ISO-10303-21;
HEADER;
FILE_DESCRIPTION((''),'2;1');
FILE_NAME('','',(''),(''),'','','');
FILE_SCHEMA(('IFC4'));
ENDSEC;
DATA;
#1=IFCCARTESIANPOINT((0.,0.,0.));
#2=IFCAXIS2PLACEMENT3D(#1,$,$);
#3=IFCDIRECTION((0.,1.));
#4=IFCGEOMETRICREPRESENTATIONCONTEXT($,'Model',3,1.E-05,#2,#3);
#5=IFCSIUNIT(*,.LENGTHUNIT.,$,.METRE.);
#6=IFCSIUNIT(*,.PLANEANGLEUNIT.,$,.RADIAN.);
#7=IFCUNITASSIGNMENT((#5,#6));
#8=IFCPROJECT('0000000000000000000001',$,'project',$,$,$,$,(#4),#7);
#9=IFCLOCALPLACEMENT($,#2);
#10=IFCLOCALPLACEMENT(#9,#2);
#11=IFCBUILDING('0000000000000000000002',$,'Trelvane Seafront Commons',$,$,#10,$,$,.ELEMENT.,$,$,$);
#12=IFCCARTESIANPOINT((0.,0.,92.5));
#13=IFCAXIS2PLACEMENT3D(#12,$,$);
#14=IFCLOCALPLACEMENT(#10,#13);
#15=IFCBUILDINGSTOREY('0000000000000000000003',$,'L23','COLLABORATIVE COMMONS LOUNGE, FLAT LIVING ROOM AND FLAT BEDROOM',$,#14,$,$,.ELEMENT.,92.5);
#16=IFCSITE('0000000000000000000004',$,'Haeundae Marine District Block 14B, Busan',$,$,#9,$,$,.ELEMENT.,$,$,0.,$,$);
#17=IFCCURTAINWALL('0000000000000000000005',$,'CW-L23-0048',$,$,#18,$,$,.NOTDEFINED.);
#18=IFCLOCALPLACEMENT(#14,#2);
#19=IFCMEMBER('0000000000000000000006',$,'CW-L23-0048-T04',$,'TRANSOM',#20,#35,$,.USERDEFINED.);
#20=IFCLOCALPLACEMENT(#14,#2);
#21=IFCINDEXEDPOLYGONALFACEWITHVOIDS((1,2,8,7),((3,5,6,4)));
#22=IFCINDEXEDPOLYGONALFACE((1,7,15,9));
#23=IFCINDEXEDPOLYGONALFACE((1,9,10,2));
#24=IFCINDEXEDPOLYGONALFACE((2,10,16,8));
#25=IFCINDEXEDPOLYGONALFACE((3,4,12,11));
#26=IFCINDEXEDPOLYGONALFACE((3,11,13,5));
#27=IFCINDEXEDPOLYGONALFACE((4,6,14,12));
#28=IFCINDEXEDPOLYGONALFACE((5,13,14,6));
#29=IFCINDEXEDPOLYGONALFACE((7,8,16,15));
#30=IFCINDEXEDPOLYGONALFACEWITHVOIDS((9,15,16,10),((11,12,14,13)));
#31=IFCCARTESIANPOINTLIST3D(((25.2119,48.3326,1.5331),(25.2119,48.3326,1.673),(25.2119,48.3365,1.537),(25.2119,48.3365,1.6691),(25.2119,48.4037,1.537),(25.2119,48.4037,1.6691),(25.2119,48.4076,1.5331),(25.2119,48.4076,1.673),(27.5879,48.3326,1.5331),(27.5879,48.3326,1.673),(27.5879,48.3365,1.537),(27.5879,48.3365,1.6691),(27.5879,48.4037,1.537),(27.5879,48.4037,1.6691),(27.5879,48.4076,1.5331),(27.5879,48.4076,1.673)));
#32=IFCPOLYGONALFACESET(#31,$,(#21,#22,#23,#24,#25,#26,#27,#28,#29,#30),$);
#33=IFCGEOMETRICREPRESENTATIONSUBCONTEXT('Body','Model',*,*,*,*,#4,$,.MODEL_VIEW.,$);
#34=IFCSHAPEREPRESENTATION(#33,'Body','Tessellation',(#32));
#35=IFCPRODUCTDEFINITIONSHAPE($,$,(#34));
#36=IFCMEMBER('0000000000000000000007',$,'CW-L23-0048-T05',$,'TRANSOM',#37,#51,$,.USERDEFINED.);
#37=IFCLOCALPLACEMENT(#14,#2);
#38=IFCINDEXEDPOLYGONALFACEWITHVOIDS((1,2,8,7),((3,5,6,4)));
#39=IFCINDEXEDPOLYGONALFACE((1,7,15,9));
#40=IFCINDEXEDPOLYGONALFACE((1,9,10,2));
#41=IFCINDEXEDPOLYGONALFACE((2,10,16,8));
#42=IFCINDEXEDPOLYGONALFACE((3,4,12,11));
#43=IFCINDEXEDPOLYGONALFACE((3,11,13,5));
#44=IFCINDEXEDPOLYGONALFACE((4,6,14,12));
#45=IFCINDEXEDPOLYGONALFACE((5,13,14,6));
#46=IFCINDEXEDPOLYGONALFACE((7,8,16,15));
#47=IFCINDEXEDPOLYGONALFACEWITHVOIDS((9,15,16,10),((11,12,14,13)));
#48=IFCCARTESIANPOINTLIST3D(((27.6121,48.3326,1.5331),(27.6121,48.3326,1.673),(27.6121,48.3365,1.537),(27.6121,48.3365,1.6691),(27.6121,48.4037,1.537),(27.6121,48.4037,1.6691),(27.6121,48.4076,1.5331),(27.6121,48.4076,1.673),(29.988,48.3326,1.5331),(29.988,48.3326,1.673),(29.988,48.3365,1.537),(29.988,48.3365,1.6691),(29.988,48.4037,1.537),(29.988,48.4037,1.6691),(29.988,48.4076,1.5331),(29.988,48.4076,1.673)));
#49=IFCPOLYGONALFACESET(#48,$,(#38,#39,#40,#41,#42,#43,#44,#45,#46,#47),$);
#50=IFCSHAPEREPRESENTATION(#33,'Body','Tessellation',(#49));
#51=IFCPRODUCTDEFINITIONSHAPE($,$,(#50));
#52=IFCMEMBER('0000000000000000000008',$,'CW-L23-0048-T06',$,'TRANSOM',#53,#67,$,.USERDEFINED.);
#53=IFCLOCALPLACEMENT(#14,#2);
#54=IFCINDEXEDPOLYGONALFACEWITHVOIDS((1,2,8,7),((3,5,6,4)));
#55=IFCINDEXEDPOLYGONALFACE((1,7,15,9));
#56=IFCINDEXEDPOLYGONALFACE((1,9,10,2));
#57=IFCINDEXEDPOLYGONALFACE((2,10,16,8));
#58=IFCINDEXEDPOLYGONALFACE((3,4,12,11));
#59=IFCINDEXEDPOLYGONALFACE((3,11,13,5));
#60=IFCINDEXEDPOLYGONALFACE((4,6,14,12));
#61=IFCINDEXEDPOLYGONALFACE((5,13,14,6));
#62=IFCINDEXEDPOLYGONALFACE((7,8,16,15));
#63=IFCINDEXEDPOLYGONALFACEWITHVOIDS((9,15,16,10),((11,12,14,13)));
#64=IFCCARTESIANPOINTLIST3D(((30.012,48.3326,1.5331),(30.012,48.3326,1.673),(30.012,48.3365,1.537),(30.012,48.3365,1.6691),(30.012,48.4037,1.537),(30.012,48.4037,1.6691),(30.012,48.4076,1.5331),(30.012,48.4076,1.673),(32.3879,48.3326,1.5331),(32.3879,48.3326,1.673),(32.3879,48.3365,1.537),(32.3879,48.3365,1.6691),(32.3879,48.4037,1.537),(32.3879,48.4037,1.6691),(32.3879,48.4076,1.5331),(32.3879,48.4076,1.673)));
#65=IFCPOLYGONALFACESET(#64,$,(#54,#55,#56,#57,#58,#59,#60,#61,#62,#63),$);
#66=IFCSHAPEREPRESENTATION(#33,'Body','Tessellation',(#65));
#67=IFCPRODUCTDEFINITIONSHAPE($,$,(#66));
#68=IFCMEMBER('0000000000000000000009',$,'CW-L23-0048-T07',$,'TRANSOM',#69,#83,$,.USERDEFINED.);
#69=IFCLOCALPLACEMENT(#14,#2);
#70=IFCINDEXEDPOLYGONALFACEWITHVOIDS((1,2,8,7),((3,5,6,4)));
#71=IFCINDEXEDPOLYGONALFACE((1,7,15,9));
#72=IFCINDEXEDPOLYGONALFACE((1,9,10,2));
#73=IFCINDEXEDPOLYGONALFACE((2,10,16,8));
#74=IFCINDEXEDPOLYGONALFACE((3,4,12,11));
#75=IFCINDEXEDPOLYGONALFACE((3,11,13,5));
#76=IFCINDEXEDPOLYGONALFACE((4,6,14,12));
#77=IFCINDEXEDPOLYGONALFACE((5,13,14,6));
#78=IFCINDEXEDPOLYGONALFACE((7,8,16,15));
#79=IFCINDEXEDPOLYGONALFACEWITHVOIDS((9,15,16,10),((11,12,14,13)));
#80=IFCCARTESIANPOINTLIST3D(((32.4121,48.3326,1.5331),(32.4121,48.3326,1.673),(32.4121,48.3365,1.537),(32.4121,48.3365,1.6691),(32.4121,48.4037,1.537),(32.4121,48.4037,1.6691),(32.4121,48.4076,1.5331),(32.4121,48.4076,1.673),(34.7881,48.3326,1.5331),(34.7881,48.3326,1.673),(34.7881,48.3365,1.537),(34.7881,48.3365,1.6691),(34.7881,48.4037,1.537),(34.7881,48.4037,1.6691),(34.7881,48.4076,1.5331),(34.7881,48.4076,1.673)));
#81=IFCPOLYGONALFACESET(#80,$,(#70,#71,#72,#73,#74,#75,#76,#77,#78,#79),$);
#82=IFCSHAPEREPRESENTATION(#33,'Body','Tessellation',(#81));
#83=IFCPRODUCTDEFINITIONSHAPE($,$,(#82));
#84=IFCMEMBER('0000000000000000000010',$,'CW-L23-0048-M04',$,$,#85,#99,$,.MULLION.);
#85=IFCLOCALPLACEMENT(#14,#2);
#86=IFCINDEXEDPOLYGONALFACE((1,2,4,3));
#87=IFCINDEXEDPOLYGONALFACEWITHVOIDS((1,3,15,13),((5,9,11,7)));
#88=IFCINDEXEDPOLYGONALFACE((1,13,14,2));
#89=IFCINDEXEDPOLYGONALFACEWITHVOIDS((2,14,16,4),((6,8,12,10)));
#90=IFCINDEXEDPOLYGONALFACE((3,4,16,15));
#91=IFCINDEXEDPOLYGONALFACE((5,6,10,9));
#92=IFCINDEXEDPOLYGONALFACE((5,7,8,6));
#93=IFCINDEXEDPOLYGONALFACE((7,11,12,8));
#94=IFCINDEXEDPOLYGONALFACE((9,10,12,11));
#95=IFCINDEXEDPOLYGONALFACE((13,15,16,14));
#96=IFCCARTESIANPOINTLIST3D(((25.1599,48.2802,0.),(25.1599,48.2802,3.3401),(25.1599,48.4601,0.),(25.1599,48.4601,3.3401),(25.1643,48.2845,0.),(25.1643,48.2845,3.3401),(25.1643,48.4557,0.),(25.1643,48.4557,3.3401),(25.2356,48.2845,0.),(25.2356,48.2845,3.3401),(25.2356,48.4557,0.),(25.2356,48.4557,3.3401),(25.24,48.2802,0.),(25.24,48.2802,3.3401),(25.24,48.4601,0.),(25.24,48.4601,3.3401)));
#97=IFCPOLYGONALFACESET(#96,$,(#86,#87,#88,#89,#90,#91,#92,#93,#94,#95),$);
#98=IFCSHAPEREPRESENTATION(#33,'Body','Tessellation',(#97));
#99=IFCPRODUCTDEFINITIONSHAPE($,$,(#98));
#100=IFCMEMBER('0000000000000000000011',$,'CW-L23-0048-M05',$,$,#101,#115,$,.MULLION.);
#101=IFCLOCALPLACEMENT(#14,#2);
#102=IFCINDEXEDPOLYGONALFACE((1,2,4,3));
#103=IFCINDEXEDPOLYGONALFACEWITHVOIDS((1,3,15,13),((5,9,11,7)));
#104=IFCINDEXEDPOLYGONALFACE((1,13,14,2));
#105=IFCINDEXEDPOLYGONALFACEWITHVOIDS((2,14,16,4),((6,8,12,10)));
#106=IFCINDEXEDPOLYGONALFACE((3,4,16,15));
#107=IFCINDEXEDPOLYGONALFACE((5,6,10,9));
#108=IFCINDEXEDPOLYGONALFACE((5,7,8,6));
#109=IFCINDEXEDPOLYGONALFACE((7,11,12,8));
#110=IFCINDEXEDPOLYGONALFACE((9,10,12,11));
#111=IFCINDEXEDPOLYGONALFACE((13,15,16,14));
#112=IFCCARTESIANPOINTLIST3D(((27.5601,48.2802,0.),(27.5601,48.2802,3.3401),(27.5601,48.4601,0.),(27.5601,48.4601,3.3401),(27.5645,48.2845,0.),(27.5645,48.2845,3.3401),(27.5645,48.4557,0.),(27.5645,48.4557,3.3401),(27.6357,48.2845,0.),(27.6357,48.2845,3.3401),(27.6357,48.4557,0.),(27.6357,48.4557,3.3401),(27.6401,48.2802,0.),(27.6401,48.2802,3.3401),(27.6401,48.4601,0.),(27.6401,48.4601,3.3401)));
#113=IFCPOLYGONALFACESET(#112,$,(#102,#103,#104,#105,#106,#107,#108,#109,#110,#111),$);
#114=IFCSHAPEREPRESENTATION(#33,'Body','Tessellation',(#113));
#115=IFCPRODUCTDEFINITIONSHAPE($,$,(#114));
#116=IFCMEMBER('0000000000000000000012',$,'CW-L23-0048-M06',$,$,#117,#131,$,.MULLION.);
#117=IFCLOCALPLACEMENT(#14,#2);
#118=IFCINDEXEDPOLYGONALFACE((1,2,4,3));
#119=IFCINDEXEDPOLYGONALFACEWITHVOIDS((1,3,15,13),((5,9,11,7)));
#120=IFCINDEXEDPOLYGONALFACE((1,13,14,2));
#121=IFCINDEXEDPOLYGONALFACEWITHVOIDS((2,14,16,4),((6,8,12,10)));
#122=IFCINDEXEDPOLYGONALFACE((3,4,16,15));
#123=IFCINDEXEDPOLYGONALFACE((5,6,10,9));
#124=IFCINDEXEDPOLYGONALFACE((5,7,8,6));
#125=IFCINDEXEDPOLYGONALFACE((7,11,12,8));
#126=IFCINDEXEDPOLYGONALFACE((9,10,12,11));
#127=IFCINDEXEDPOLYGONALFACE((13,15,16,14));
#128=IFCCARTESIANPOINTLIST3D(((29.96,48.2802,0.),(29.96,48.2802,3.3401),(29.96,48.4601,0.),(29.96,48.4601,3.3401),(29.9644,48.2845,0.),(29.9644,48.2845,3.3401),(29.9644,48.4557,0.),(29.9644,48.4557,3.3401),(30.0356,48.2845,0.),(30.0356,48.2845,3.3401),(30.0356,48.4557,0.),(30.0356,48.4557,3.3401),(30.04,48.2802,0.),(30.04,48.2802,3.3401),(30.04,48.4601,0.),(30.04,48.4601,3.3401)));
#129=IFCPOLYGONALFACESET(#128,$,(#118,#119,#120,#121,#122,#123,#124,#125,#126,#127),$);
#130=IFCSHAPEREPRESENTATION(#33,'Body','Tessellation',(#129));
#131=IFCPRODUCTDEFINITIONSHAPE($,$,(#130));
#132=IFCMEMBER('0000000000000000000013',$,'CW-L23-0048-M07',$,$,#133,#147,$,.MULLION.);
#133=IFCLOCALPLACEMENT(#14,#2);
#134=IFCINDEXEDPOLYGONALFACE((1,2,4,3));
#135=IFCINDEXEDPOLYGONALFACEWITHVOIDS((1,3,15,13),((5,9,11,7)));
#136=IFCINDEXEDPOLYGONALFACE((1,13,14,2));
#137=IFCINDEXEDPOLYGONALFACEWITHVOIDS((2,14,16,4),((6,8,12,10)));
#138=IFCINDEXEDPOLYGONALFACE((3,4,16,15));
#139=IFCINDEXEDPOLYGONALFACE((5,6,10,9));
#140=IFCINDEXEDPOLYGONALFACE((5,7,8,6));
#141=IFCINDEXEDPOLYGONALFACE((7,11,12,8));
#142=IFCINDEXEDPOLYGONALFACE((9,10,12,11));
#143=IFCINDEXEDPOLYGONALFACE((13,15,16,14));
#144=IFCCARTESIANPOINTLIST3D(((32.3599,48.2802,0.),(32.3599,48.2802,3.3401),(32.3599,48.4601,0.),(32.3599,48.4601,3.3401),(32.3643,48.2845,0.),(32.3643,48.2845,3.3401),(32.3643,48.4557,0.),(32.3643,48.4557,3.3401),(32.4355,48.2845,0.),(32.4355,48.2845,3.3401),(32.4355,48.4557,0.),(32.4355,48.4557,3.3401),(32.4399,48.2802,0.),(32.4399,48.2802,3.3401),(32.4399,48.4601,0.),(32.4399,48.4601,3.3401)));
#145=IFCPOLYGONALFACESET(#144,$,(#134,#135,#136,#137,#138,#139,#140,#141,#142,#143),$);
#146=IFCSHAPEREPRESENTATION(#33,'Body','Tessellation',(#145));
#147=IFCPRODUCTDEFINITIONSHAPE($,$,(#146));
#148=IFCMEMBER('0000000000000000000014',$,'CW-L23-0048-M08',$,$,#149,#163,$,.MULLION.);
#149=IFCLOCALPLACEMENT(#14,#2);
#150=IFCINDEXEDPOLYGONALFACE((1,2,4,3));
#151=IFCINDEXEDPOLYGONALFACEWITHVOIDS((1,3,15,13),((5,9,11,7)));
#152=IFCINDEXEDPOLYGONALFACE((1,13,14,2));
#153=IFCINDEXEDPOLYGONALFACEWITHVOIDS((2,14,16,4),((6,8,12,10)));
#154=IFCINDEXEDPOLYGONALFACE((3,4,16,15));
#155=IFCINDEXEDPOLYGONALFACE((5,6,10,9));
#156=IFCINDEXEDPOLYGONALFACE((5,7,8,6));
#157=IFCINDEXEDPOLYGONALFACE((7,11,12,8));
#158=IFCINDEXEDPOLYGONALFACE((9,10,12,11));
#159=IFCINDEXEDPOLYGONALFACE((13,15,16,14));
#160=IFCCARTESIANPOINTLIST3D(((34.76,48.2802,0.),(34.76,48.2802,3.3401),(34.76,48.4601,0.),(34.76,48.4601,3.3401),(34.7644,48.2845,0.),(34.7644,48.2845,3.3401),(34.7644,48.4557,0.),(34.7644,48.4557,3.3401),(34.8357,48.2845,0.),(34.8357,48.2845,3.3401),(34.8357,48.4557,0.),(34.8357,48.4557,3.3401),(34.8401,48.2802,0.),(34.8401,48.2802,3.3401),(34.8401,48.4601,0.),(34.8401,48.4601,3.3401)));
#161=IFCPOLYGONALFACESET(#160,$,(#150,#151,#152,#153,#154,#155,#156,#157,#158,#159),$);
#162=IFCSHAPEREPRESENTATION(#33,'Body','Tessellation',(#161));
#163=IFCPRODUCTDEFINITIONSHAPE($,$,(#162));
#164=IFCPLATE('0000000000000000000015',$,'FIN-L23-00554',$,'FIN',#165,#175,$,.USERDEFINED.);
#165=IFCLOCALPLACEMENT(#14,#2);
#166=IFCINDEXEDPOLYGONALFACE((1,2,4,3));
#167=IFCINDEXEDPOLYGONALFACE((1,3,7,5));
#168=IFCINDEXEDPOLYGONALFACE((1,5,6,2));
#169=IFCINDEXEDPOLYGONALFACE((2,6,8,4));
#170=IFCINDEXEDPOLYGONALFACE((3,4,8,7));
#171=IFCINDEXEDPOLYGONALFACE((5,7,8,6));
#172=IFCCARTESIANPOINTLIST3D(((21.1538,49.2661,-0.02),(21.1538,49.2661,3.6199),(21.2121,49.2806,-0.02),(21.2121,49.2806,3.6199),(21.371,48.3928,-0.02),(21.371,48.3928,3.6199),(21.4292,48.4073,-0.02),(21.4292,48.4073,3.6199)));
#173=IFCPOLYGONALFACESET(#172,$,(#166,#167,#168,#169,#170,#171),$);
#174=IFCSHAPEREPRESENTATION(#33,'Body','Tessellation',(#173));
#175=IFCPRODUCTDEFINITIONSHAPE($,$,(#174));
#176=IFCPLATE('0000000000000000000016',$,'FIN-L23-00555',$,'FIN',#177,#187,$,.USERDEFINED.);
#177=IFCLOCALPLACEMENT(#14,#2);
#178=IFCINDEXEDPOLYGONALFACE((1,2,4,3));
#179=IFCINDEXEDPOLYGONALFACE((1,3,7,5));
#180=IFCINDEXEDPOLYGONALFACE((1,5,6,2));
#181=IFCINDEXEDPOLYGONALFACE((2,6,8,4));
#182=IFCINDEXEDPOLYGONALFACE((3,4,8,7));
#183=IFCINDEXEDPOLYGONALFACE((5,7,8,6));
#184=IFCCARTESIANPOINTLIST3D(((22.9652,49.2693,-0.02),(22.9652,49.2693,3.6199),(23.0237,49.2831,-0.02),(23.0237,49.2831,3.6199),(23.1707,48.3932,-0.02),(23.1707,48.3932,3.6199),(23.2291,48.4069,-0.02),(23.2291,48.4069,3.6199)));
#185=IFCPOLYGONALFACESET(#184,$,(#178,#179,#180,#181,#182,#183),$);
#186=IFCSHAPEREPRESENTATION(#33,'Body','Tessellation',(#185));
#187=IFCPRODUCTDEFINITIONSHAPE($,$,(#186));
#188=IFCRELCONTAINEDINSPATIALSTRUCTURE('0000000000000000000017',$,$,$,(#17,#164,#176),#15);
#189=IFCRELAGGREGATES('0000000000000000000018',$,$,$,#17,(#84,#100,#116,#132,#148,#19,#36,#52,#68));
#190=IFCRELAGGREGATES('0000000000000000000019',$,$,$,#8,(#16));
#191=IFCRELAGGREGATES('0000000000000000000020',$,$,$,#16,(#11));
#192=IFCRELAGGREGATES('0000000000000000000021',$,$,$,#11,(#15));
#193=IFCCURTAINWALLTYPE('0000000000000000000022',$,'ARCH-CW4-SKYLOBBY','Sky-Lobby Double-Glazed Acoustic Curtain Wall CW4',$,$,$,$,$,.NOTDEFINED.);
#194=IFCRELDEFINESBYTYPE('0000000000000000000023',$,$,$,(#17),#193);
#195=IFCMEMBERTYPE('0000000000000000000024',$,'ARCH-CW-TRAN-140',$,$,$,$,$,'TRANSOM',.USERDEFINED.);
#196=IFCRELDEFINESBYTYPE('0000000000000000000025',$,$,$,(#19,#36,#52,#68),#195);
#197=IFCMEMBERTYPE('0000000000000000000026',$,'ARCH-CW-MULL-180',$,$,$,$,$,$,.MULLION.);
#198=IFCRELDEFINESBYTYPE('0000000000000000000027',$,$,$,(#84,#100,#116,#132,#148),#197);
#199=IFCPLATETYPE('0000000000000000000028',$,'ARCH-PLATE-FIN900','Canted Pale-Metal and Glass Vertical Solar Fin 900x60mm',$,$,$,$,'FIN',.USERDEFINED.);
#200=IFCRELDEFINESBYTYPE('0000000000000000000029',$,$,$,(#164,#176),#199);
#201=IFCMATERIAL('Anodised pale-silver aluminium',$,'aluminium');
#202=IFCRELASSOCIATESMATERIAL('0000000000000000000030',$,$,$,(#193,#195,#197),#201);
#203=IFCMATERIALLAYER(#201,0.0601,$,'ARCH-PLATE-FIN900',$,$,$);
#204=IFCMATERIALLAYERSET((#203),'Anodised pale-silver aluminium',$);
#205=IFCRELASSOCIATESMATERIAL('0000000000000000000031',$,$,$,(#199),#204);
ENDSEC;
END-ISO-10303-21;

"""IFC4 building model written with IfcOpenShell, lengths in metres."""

from ifc_helpers import new_model, si_unit, direction, frame, origin, origin_2d, place, context, subcontext, project, spatial, rectangle, hollow_rectangle, extrude, source, transform, mapped, material, layer, layer_set, material_profile, profile_set, type_object, element, aggregate, save


model = new_model("IFC4")

# Units and contexts
model_context = context("Model", 3, precision=1e-05, world=origin(), true_north=direction((0.0, 1.0)))
body_context = subcontext(model_context, "Body", "Model", "MODEL_VIEW")
ifc_project = project(units=[si_unit("LENGTHUNIT", "METRE"), si_unit("PLANEANGLEUNIT", "RADIAN")], contexts=[model_context])

# Site, building, storey
site_placement = place(None, origin())
site = spatial("IfcSite", under=ifc_project, at=site_placement, Name="Haeundae Marine District Block 14B, Busan", CompositionType="ELEMENT", RefElevation=0.0)
building_placement = place(site_placement, origin())
building = spatial("IfcBuilding", under=site, at=building_placement, Name="Trelvane Seafront Commons", CompositionType="ELEMENT")
storey_placement = place(building_placement, frame((0.0, 0.0, 92.5)))
storey = spatial("IfcBuildingStorey", under=building, at=storey_placement, Name="L23", Description="COLLABORATIVE COMMONS LOUNGE, FLAT LIVING ROOM AND FLAT BEDROOM", CompositionType="ELEMENT", Elevation=92.5)

# Curtain wall, members
ifc_material_1 = material(Name="Anodised pale-silver aluminium", Category="aluminium")
curtain_wall_type = type_object("IfcCurtainWallType", Name="ARCH-CW4-SKYLOBBY", Description="Sky-Lobby Double-Glazed Acoustic Curtain Wall CW4", PredefinedType="NOTDEFINED", material=ifc_material_1)
curtain_wall_placement = place(storey_placement, origin())
curtain_wall = element("IfcCurtainWall", 1, at=curtain_wall_placement, inside=storey, type_object=curtain_wall_type, Name="CW-L23-0048", PredefinedType="NOTDEFINED")
ifc_material_profile_1 = material_profile(ifc_material_1, hollow_rectangle(XDim=0.075, YDim=0.1399, WallThickness=0.0039, at=origin_2d()), Name="TRAN-75x140x4")
ifc_profile_set_1 = profile_set([ifc_material_profile_1], Name="Anodised pale-silver aluminium")
member_type_1 = type_object("IfcMemberType", Name="ARCH-CW-TRAN-140", ElementType="TRANSOM", PredefinedType="USERDEFINED", material=ifc_profile_set_1)
shared_shape_1 = source(origin(), body_context, "Body", "SweptSolid", [
    extrude(hollow_rectangle(XDim=0.075, YDim=0.1399, WallThickness=0.0039, at=origin_2d()), origin(), (0.0, 0.0, 1.0), 2.376),
])
member_1_placement = place(storey_placement, frame((25.2119, 48.3701, 1.603), z_axis=(1.0, 0.0, 0.0), x_axis=(0.0, 1.0, 0.0)))
member_1 = element("IfcMember", 2, at=member_1_placement, type_object=member_type_1, Name="CW-L23-0048-T04", ObjectType="TRANSOM", PredefinedType="USERDEFINED", context=body_context, shape_type="MappedRepresentation", body=[
    mapped(shared_shape_1, transform((0.0, 0.0, 0.0), x_axis=(1.0, 0.0, 0.0), y_axis=(0.0, 1.0, 0.0), z_axis=(0.0, 0.0, 1.0), scale=1.0)),
])
member_2_placement = place(storey_placement, frame((27.6121, 48.3701, 1.603), z_axis=(1.0, 0.0, 0.0), x_axis=(0.0, 1.0, 0.0)))
member_2 = element("IfcMember", 3, at=member_2_placement, type_object=member_type_1, Name="CW-L23-0048-T05", ObjectType="TRANSOM", PredefinedType="USERDEFINED", context=body_context, shape_type="MappedRepresentation", body=[
    mapped(shared_shape_1, transform((0.0, 0.0, 0.0), x_axis=(1.0, 0.0, 0.0), y_axis=(0.0, 1.0, 0.0), z_axis=(0.0, 0.0, 1.0), scale=1.0)),
])
member_3_placement = place(storey_placement, frame((30.012, 48.3701, 1.603), z_axis=(1.0, 0.0, 0.0), x_axis=(0.0, 1.0, 0.0)))
member_3 = element("IfcMember", 4, at=member_3_placement, type_object=member_type_1, Name="CW-L23-0048-T06", ObjectType="TRANSOM", PredefinedType="USERDEFINED", context=body_context, shape_type="MappedRepresentation", body=[
    mapped(shared_shape_1, transform((0.0, 0.0, 0.0), x_axis=(1.0, 0.0, 0.0), y_axis=(0.0, 1.0, 0.0), z_axis=(0.0, 0.0, 1.0), scale=1.0)),
])
member_4_placement = place(storey_placement, frame((32.4121, 48.3701, 1.603), z_axis=(1.0, 0.0, 0.0), x_axis=(0.0, 1.0, 0.0)))
member_4 = element("IfcMember", 5, at=member_4_placement, type_object=member_type_1, Name="CW-L23-0048-T07", ObjectType="TRANSOM", PredefinedType="USERDEFINED", context=body_context, shape_type="MappedRepresentation", body=[
    mapped(shared_shape_1, transform((0.0, 0.0, 0.0), x_axis=(1.0, 0.0, 0.0), y_axis=(0.0, 1.0, 0.0), z_axis=(0.0, 0.0, 1.0), scale=1.0)),
])
ifc_material_profile_2 = material_profile(ifc_material_1, hollow_rectangle(XDim=0.0801, YDim=0.1799, WallThickness=0.0044, at=origin_2d()), Name="MULL-80x180x4.5")
ifc_profile_set_2 = profile_set([ifc_material_profile_2], Name="Anodised pale-silver aluminium")
member_type_2 = type_object("IfcMemberType", Name="ARCH-CW-MULL-180", PredefinedType="MULLION", material=ifc_profile_set_2)
shared_shape_2 = source(origin(), body_context, "Body", "SweptSolid", [
    extrude(hollow_rectangle(XDim=0.0801, YDim=0.1799, WallThickness=0.0044, at=origin_2d()), origin(), (0.0, 0.0, 1.0), 3.3401),
])
member_5_placement = place(storey_placement, frame((25.2, 48.3701, 0.0), z_axis=(0.0, 0.0, 1.0), x_axis=(1.0, 0.0, 0.0)))
member_5 = element("IfcMember", 6, at=member_5_placement, type_object=member_type_2, Name="CW-L23-0048-M04", PredefinedType="MULLION", context=body_context, shape_type="MappedRepresentation", body=[
    mapped(shared_shape_2, transform((0.0, 0.0, 0.0), x_axis=(1.0, 0.0, 0.0), y_axis=(0.0, 1.0, 0.0), z_axis=(0.0, 0.0, 1.0), scale=1.0)),
])
member_6_placement = place(storey_placement, frame((27.6001, 48.3701, 0.0), z_axis=(0.0, 0.0, 1.0), x_axis=(1.0, 0.0, 0.0)))
member_6 = element("IfcMember", 7, at=member_6_placement, type_object=member_type_2, Name="CW-L23-0048-M05", PredefinedType="MULLION", context=body_context, shape_type="MappedRepresentation", body=[
    mapped(shared_shape_2, transform((0.0, 0.0, 0.0), x_axis=(1.0, 0.0, 0.0), y_axis=(0.0, 1.0, 0.0), z_axis=(0.0, 0.0, 1.0), scale=1.0)),
])
member_7_placement = place(storey_placement, frame((30.0, 48.3701, 0.0), z_axis=(0.0, 0.0, 1.0), x_axis=(1.0, 0.0, 0.0)))
member_7 = element("IfcMember", 8, at=member_7_placement, type_object=member_type_2, Name="CW-L23-0048-M06", PredefinedType="MULLION", context=body_context, shape_type="MappedRepresentation", body=[
    mapped(shared_shape_2, transform((0.0, 0.0, 0.0), x_axis=(1.0, 0.0, 0.0), y_axis=(0.0, 1.0, 0.0), z_axis=(0.0, 0.0, 1.0), scale=1.0)),
])
member_8_placement = place(storey_placement, frame((32.3999, 48.3701, 0.0), z_axis=(0.0, 0.0, 1.0), x_axis=(1.0, 0.0, 0.0)))
member_8 = element("IfcMember", 9, at=member_8_placement, type_object=member_type_2, Name="CW-L23-0048-M07", PredefinedType="MULLION", context=body_context, shape_type="MappedRepresentation", body=[
    mapped(shared_shape_2, transform((0.0, 0.0, 0.0), x_axis=(1.0, 0.0, 0.0), y_axis=(0.0, 1.0, 0.0), z_axis=(0.0, 0.0, 1.0), scale=1.0)),
])
member_9_placement = place(storey_placement, frame((34.8, 48.3701, 0.0), z_axis=(0.0, 0.0, 1.0), x_axis=(1.0, 0.0, 0.0)))
member_9 = element("IfcMember", 10, at=member_9_placement, type_object=member_type_2, Name="CW-L23-0048-M08", PredefinedType="MULLION", context=body_context, shape_type="MappedRepresentation", body=[
    mapped(shared_shape_2, transform((0.0, 0.0, 0.0), x_axis=(1.0, 0.0, 0.0), y_axis=(0.0, 1.0, 0.0), z_axis=(0.0, 0.0, 1.0), scale=1.0)),
])

# Plates
ifc_layer_1 = layer(ifc_material_1, 0.0601, Name="ARCH-PLATE-FIN900")
ifc_layer_set_1 = layer_set([ifc_layer_1], Name="Anodised pale-silver aluminium")
plate_type_1 = type_object("IfcPlateType", Name="ARCH-PLATE-FIN900", Description="Canted Pale-Metal and Glass Vertical Solar Fin 900x60mm", ElementType="FIN", PredefinedType="USERDEFINED", material=ifc_layer_set_1)
shared_shape_3 = source(origin(), body_context, "Body", "SweptSolid", [
    extrude(rectangle(XDim=0.8999, YDim=0.0601, at=origin_2d()), origin(), (0.0, 0.0, 1.0), 3.6399),
])
for number, where, z_axis, x_axis, name in (
    (11, (21.2915, 48.8367, -0.02), (0.0, 0.0, 1.0), (-0.241333, 0.970442, 0.0), "FIN-L23-00554"),
    (12, (23.0972, 48.8381, -0.02), (0.0, 0.0, 1.0), (-0.228339, 0.973582, 0.0), "FIN-L23-00555"),
):
    element("IfcPlate", number, at=place(storey_placement, frame(where, z_axis=z_axis, x_axis=x_axis)), inside=storey, type_object=plate_type_1, Name=name, ObjectType="FIN", PredefinedType="USERDEFINED", context=body_context, shape_type="MappedRepresentation", body=[
        mapped(shared_shape_3, transform((0.0, 0.0, 0.0), x_axis=(1.0, 0.0, 0.0), y_axis=(0.0, 1.0, 0.0), z_axis=(0.0, 0.0, 1.0), scale=1.0)),
    ])

aggregate(curtain_wall, [member_5, member_6, member_7, member_8, member_9, member_1, member_2, member_3, member_4])

save(model, "model.ifc")
